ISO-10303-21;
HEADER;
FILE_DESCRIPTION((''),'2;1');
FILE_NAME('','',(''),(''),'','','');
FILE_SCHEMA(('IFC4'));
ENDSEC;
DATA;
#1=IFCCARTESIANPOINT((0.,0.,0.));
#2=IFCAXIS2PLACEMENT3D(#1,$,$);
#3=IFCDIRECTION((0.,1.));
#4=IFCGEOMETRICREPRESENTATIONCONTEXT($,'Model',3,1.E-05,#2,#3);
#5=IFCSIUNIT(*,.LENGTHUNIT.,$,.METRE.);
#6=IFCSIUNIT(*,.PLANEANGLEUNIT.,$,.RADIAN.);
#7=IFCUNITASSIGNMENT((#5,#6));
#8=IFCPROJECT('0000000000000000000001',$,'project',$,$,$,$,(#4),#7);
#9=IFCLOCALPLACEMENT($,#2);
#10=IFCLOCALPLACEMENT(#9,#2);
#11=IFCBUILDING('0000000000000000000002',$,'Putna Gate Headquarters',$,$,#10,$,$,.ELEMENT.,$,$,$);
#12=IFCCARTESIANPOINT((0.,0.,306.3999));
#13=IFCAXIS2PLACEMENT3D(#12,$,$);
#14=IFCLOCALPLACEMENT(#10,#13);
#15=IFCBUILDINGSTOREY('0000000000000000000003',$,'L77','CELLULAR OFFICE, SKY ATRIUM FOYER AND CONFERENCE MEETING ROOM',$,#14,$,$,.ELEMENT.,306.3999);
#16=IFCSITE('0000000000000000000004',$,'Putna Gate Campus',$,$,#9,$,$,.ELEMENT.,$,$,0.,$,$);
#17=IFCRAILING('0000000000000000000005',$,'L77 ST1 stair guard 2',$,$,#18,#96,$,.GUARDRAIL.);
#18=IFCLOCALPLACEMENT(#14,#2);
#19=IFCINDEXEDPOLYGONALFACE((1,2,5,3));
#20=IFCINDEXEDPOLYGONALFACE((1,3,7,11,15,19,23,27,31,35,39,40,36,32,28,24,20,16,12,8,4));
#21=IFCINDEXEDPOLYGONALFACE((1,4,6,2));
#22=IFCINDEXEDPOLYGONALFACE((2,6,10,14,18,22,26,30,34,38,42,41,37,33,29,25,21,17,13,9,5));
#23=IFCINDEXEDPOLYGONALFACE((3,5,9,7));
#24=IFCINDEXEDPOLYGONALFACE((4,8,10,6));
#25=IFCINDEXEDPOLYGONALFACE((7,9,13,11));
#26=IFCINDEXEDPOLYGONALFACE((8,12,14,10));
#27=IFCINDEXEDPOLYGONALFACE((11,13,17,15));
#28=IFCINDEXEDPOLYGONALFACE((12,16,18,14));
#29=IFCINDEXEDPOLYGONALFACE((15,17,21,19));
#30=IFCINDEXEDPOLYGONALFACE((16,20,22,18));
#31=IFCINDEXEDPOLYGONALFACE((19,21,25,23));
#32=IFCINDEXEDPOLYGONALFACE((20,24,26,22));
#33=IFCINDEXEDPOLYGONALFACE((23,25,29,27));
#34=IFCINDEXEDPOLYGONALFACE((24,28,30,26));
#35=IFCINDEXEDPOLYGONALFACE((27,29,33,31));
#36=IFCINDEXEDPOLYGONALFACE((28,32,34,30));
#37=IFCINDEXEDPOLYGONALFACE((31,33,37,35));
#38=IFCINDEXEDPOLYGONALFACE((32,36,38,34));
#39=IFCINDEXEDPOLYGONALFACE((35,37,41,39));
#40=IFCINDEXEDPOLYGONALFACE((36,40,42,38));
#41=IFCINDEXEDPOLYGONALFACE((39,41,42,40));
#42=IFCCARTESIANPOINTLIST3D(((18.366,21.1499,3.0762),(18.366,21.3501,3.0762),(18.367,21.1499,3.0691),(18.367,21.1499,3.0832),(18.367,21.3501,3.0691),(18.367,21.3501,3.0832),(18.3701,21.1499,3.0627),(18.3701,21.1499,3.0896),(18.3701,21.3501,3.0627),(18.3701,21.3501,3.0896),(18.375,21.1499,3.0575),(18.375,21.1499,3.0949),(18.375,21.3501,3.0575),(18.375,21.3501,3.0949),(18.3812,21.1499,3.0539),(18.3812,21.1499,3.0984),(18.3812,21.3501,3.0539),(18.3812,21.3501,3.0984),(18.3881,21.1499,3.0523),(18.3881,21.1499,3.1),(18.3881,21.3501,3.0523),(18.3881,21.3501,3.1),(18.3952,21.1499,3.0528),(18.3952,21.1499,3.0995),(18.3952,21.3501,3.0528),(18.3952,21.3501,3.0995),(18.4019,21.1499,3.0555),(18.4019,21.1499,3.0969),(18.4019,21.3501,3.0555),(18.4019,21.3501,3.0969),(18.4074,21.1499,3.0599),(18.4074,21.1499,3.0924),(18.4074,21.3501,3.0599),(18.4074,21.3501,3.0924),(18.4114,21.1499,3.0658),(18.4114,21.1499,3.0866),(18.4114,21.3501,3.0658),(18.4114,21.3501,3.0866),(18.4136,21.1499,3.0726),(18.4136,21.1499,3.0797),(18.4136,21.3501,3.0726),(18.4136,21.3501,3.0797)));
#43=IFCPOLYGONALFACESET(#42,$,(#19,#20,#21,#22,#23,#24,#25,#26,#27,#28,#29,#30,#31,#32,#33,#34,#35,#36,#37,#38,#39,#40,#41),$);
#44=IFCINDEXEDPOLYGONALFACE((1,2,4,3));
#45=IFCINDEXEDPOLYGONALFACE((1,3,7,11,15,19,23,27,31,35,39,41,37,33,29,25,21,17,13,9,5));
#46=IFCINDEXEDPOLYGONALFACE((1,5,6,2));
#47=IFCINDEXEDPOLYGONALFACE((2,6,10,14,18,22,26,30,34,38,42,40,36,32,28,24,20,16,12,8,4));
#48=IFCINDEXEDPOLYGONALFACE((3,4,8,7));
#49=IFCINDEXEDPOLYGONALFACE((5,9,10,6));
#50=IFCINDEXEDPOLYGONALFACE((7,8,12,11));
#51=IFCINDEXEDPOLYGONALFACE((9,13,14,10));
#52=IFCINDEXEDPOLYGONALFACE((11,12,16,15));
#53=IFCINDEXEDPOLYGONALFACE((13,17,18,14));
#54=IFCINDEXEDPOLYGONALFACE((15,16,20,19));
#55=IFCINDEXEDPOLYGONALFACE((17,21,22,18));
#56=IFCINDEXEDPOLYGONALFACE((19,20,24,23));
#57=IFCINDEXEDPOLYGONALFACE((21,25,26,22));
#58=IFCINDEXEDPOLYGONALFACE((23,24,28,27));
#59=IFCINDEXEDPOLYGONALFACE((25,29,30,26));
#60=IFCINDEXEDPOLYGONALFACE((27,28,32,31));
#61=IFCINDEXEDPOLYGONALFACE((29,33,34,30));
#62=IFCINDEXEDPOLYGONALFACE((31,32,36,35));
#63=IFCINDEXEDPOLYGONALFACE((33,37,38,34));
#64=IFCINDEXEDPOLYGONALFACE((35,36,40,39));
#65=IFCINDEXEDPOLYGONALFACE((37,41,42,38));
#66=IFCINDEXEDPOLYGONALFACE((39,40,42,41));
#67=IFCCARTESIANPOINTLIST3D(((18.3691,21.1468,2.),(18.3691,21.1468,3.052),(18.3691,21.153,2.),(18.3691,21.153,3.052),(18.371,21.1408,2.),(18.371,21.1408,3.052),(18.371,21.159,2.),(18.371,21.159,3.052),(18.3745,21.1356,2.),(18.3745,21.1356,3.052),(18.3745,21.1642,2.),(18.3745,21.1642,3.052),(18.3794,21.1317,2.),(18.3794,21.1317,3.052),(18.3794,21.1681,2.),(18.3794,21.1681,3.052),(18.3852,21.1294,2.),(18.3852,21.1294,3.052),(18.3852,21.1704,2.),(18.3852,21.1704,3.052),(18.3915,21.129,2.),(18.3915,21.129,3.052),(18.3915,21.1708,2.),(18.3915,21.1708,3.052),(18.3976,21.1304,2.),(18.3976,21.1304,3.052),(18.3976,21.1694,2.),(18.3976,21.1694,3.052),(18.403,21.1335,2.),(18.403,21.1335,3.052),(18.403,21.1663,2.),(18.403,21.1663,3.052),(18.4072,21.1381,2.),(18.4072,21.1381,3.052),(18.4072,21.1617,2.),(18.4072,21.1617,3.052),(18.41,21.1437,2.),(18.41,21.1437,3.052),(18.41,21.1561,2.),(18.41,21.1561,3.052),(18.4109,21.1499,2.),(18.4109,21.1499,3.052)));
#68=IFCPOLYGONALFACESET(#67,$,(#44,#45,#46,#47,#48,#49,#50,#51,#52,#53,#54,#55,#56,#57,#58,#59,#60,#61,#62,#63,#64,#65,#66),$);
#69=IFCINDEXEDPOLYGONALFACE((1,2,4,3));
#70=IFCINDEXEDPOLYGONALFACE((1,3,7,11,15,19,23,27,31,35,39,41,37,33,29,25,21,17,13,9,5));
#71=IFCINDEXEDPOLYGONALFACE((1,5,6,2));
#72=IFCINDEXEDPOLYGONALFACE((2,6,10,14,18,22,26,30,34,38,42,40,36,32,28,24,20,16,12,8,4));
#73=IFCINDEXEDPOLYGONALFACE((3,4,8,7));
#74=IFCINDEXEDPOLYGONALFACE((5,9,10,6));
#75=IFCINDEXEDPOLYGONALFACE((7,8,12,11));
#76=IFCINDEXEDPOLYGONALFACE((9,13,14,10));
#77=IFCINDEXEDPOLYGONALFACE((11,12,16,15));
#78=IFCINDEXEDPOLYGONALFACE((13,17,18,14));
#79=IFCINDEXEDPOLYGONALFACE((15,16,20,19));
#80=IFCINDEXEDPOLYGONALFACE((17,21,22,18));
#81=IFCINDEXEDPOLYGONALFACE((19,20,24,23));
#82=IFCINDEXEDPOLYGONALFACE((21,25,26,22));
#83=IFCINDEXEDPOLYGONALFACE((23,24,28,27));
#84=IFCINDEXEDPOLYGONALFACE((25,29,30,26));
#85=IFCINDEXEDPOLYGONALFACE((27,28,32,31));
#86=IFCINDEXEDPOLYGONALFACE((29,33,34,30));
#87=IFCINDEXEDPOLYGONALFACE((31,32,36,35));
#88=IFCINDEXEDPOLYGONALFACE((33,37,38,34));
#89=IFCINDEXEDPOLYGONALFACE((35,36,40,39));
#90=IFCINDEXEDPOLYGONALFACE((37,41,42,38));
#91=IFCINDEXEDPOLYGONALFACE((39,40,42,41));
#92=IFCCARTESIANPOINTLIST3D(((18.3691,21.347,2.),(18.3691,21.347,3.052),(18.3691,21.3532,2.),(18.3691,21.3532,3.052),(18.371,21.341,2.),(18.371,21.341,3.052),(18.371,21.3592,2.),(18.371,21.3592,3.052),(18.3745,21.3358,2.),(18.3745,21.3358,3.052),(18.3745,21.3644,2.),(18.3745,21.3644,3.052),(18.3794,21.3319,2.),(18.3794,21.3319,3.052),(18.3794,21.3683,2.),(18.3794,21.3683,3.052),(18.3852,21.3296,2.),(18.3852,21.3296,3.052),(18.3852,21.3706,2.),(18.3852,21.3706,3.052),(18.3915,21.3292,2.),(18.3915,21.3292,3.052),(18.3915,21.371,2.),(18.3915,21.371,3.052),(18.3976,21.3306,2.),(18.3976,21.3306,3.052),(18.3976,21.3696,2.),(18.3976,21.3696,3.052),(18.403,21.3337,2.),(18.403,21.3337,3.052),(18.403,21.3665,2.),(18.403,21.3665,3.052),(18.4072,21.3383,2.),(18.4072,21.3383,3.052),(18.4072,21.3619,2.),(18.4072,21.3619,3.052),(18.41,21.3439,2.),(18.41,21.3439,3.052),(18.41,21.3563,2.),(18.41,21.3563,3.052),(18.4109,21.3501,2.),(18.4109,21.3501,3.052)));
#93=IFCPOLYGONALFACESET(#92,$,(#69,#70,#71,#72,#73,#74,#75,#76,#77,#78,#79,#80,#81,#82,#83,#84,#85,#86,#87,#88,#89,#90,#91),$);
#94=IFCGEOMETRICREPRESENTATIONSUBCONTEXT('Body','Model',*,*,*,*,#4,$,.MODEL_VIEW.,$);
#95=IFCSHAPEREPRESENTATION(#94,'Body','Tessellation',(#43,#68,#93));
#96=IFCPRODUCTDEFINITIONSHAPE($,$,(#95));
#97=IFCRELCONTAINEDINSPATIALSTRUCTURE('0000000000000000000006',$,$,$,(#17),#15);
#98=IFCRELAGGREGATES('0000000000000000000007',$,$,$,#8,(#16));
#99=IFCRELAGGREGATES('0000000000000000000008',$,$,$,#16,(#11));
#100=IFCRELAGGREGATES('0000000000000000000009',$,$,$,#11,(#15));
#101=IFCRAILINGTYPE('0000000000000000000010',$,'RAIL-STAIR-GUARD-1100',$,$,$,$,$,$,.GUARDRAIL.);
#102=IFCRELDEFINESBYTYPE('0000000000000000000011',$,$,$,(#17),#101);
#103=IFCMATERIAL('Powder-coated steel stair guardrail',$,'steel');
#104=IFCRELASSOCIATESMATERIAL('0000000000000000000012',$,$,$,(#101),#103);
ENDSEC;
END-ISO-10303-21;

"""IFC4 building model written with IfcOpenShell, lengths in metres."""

from ifc_helpers import new_model, si_unit, direction, frame, origin, origin_2d, place, context, subcontext, project, spatial, circle, extrude, material, type_object, element, save


model = new_model("IFC4")

# Units and contexts
model_context = context("Model", 3, precision=1e-05, world=origin(), true_north=direction((0.0, 1.0)))
body_context = subcontext(model_context, "Body", "Model", "MODEL_VIEW")
ifc_project = project(units=[si_unit("LENGTHUNIT", "METRE"), si_unit("PLANEANGLEUNIT", "RADIAN")], contexts=[model_context])

# Site, building, storey
site_placement = place(None, origin())
site = spatial("IfcSite", under=ifc_project, at=site_placement, Name="Putna Gate Campus", CompositionType="ELEMENT", RefElevation=0.0)
building_placement = place(site_placement, origin())
building = spatial("IfcBuilding", under=site, at=building_placement, Name="Putna Gate Headquarters", CompositionType="ELEMENT")
storey_placement = place(building_placement, frame((0.0, 0.0, 306.3999)))
storey = spatial("IfcBuildingStorey", under=building, at=storey_placement, Name="L77", Description="CELLULAR OFFICE, SKY ATRIUM FOYER AND CONFERENCE MEETING ROOM", CompositionType="ELEMENT", Elevation=306.3999)

# Railing
ifc_material_1 = material(Name="Powder-coated steel stair guardrail", Category="steel")
railing_type_1 = type_object("IfcRailingType", Name="RAIL-STAIR-GUARD-1100", PredefinedType="GUARDRAIL", material=ifc_material_1)
railing_1_placement = place(storey_placement, frame((18.3899, 21.1499, 2.0)))
element("IfcRailing", 1, at=railing_1_placement, inside=storey, type_object=railing_type_1, Name="L77 ST1 stair guard 2", PredefinedType="GUARDRAIL", context=body_context, shape_type="SweptSolid", body=[
    extrude(circle(Radius=0.0239, at=origin_2d()), frame((0.0, 0.0, 1.0762), z_axis=(0.0, 1.0, 0.0), x_axis=(-1.0, 0.0, 0.0)), (0.0, 0.0, 1.0), 0.2002),
    extrude(circle(Radius=0.021, at=origin_2d()), origin(), (0.0, 0.0, 1.0), 1.052),
    extrude(circle(Radius=0.021, at=origin_2d()), frame((0.0, 0.2002, 0.0)), (0.0, 0.0, 1.0), 1.052),
])

save(model, "model.ifc")
